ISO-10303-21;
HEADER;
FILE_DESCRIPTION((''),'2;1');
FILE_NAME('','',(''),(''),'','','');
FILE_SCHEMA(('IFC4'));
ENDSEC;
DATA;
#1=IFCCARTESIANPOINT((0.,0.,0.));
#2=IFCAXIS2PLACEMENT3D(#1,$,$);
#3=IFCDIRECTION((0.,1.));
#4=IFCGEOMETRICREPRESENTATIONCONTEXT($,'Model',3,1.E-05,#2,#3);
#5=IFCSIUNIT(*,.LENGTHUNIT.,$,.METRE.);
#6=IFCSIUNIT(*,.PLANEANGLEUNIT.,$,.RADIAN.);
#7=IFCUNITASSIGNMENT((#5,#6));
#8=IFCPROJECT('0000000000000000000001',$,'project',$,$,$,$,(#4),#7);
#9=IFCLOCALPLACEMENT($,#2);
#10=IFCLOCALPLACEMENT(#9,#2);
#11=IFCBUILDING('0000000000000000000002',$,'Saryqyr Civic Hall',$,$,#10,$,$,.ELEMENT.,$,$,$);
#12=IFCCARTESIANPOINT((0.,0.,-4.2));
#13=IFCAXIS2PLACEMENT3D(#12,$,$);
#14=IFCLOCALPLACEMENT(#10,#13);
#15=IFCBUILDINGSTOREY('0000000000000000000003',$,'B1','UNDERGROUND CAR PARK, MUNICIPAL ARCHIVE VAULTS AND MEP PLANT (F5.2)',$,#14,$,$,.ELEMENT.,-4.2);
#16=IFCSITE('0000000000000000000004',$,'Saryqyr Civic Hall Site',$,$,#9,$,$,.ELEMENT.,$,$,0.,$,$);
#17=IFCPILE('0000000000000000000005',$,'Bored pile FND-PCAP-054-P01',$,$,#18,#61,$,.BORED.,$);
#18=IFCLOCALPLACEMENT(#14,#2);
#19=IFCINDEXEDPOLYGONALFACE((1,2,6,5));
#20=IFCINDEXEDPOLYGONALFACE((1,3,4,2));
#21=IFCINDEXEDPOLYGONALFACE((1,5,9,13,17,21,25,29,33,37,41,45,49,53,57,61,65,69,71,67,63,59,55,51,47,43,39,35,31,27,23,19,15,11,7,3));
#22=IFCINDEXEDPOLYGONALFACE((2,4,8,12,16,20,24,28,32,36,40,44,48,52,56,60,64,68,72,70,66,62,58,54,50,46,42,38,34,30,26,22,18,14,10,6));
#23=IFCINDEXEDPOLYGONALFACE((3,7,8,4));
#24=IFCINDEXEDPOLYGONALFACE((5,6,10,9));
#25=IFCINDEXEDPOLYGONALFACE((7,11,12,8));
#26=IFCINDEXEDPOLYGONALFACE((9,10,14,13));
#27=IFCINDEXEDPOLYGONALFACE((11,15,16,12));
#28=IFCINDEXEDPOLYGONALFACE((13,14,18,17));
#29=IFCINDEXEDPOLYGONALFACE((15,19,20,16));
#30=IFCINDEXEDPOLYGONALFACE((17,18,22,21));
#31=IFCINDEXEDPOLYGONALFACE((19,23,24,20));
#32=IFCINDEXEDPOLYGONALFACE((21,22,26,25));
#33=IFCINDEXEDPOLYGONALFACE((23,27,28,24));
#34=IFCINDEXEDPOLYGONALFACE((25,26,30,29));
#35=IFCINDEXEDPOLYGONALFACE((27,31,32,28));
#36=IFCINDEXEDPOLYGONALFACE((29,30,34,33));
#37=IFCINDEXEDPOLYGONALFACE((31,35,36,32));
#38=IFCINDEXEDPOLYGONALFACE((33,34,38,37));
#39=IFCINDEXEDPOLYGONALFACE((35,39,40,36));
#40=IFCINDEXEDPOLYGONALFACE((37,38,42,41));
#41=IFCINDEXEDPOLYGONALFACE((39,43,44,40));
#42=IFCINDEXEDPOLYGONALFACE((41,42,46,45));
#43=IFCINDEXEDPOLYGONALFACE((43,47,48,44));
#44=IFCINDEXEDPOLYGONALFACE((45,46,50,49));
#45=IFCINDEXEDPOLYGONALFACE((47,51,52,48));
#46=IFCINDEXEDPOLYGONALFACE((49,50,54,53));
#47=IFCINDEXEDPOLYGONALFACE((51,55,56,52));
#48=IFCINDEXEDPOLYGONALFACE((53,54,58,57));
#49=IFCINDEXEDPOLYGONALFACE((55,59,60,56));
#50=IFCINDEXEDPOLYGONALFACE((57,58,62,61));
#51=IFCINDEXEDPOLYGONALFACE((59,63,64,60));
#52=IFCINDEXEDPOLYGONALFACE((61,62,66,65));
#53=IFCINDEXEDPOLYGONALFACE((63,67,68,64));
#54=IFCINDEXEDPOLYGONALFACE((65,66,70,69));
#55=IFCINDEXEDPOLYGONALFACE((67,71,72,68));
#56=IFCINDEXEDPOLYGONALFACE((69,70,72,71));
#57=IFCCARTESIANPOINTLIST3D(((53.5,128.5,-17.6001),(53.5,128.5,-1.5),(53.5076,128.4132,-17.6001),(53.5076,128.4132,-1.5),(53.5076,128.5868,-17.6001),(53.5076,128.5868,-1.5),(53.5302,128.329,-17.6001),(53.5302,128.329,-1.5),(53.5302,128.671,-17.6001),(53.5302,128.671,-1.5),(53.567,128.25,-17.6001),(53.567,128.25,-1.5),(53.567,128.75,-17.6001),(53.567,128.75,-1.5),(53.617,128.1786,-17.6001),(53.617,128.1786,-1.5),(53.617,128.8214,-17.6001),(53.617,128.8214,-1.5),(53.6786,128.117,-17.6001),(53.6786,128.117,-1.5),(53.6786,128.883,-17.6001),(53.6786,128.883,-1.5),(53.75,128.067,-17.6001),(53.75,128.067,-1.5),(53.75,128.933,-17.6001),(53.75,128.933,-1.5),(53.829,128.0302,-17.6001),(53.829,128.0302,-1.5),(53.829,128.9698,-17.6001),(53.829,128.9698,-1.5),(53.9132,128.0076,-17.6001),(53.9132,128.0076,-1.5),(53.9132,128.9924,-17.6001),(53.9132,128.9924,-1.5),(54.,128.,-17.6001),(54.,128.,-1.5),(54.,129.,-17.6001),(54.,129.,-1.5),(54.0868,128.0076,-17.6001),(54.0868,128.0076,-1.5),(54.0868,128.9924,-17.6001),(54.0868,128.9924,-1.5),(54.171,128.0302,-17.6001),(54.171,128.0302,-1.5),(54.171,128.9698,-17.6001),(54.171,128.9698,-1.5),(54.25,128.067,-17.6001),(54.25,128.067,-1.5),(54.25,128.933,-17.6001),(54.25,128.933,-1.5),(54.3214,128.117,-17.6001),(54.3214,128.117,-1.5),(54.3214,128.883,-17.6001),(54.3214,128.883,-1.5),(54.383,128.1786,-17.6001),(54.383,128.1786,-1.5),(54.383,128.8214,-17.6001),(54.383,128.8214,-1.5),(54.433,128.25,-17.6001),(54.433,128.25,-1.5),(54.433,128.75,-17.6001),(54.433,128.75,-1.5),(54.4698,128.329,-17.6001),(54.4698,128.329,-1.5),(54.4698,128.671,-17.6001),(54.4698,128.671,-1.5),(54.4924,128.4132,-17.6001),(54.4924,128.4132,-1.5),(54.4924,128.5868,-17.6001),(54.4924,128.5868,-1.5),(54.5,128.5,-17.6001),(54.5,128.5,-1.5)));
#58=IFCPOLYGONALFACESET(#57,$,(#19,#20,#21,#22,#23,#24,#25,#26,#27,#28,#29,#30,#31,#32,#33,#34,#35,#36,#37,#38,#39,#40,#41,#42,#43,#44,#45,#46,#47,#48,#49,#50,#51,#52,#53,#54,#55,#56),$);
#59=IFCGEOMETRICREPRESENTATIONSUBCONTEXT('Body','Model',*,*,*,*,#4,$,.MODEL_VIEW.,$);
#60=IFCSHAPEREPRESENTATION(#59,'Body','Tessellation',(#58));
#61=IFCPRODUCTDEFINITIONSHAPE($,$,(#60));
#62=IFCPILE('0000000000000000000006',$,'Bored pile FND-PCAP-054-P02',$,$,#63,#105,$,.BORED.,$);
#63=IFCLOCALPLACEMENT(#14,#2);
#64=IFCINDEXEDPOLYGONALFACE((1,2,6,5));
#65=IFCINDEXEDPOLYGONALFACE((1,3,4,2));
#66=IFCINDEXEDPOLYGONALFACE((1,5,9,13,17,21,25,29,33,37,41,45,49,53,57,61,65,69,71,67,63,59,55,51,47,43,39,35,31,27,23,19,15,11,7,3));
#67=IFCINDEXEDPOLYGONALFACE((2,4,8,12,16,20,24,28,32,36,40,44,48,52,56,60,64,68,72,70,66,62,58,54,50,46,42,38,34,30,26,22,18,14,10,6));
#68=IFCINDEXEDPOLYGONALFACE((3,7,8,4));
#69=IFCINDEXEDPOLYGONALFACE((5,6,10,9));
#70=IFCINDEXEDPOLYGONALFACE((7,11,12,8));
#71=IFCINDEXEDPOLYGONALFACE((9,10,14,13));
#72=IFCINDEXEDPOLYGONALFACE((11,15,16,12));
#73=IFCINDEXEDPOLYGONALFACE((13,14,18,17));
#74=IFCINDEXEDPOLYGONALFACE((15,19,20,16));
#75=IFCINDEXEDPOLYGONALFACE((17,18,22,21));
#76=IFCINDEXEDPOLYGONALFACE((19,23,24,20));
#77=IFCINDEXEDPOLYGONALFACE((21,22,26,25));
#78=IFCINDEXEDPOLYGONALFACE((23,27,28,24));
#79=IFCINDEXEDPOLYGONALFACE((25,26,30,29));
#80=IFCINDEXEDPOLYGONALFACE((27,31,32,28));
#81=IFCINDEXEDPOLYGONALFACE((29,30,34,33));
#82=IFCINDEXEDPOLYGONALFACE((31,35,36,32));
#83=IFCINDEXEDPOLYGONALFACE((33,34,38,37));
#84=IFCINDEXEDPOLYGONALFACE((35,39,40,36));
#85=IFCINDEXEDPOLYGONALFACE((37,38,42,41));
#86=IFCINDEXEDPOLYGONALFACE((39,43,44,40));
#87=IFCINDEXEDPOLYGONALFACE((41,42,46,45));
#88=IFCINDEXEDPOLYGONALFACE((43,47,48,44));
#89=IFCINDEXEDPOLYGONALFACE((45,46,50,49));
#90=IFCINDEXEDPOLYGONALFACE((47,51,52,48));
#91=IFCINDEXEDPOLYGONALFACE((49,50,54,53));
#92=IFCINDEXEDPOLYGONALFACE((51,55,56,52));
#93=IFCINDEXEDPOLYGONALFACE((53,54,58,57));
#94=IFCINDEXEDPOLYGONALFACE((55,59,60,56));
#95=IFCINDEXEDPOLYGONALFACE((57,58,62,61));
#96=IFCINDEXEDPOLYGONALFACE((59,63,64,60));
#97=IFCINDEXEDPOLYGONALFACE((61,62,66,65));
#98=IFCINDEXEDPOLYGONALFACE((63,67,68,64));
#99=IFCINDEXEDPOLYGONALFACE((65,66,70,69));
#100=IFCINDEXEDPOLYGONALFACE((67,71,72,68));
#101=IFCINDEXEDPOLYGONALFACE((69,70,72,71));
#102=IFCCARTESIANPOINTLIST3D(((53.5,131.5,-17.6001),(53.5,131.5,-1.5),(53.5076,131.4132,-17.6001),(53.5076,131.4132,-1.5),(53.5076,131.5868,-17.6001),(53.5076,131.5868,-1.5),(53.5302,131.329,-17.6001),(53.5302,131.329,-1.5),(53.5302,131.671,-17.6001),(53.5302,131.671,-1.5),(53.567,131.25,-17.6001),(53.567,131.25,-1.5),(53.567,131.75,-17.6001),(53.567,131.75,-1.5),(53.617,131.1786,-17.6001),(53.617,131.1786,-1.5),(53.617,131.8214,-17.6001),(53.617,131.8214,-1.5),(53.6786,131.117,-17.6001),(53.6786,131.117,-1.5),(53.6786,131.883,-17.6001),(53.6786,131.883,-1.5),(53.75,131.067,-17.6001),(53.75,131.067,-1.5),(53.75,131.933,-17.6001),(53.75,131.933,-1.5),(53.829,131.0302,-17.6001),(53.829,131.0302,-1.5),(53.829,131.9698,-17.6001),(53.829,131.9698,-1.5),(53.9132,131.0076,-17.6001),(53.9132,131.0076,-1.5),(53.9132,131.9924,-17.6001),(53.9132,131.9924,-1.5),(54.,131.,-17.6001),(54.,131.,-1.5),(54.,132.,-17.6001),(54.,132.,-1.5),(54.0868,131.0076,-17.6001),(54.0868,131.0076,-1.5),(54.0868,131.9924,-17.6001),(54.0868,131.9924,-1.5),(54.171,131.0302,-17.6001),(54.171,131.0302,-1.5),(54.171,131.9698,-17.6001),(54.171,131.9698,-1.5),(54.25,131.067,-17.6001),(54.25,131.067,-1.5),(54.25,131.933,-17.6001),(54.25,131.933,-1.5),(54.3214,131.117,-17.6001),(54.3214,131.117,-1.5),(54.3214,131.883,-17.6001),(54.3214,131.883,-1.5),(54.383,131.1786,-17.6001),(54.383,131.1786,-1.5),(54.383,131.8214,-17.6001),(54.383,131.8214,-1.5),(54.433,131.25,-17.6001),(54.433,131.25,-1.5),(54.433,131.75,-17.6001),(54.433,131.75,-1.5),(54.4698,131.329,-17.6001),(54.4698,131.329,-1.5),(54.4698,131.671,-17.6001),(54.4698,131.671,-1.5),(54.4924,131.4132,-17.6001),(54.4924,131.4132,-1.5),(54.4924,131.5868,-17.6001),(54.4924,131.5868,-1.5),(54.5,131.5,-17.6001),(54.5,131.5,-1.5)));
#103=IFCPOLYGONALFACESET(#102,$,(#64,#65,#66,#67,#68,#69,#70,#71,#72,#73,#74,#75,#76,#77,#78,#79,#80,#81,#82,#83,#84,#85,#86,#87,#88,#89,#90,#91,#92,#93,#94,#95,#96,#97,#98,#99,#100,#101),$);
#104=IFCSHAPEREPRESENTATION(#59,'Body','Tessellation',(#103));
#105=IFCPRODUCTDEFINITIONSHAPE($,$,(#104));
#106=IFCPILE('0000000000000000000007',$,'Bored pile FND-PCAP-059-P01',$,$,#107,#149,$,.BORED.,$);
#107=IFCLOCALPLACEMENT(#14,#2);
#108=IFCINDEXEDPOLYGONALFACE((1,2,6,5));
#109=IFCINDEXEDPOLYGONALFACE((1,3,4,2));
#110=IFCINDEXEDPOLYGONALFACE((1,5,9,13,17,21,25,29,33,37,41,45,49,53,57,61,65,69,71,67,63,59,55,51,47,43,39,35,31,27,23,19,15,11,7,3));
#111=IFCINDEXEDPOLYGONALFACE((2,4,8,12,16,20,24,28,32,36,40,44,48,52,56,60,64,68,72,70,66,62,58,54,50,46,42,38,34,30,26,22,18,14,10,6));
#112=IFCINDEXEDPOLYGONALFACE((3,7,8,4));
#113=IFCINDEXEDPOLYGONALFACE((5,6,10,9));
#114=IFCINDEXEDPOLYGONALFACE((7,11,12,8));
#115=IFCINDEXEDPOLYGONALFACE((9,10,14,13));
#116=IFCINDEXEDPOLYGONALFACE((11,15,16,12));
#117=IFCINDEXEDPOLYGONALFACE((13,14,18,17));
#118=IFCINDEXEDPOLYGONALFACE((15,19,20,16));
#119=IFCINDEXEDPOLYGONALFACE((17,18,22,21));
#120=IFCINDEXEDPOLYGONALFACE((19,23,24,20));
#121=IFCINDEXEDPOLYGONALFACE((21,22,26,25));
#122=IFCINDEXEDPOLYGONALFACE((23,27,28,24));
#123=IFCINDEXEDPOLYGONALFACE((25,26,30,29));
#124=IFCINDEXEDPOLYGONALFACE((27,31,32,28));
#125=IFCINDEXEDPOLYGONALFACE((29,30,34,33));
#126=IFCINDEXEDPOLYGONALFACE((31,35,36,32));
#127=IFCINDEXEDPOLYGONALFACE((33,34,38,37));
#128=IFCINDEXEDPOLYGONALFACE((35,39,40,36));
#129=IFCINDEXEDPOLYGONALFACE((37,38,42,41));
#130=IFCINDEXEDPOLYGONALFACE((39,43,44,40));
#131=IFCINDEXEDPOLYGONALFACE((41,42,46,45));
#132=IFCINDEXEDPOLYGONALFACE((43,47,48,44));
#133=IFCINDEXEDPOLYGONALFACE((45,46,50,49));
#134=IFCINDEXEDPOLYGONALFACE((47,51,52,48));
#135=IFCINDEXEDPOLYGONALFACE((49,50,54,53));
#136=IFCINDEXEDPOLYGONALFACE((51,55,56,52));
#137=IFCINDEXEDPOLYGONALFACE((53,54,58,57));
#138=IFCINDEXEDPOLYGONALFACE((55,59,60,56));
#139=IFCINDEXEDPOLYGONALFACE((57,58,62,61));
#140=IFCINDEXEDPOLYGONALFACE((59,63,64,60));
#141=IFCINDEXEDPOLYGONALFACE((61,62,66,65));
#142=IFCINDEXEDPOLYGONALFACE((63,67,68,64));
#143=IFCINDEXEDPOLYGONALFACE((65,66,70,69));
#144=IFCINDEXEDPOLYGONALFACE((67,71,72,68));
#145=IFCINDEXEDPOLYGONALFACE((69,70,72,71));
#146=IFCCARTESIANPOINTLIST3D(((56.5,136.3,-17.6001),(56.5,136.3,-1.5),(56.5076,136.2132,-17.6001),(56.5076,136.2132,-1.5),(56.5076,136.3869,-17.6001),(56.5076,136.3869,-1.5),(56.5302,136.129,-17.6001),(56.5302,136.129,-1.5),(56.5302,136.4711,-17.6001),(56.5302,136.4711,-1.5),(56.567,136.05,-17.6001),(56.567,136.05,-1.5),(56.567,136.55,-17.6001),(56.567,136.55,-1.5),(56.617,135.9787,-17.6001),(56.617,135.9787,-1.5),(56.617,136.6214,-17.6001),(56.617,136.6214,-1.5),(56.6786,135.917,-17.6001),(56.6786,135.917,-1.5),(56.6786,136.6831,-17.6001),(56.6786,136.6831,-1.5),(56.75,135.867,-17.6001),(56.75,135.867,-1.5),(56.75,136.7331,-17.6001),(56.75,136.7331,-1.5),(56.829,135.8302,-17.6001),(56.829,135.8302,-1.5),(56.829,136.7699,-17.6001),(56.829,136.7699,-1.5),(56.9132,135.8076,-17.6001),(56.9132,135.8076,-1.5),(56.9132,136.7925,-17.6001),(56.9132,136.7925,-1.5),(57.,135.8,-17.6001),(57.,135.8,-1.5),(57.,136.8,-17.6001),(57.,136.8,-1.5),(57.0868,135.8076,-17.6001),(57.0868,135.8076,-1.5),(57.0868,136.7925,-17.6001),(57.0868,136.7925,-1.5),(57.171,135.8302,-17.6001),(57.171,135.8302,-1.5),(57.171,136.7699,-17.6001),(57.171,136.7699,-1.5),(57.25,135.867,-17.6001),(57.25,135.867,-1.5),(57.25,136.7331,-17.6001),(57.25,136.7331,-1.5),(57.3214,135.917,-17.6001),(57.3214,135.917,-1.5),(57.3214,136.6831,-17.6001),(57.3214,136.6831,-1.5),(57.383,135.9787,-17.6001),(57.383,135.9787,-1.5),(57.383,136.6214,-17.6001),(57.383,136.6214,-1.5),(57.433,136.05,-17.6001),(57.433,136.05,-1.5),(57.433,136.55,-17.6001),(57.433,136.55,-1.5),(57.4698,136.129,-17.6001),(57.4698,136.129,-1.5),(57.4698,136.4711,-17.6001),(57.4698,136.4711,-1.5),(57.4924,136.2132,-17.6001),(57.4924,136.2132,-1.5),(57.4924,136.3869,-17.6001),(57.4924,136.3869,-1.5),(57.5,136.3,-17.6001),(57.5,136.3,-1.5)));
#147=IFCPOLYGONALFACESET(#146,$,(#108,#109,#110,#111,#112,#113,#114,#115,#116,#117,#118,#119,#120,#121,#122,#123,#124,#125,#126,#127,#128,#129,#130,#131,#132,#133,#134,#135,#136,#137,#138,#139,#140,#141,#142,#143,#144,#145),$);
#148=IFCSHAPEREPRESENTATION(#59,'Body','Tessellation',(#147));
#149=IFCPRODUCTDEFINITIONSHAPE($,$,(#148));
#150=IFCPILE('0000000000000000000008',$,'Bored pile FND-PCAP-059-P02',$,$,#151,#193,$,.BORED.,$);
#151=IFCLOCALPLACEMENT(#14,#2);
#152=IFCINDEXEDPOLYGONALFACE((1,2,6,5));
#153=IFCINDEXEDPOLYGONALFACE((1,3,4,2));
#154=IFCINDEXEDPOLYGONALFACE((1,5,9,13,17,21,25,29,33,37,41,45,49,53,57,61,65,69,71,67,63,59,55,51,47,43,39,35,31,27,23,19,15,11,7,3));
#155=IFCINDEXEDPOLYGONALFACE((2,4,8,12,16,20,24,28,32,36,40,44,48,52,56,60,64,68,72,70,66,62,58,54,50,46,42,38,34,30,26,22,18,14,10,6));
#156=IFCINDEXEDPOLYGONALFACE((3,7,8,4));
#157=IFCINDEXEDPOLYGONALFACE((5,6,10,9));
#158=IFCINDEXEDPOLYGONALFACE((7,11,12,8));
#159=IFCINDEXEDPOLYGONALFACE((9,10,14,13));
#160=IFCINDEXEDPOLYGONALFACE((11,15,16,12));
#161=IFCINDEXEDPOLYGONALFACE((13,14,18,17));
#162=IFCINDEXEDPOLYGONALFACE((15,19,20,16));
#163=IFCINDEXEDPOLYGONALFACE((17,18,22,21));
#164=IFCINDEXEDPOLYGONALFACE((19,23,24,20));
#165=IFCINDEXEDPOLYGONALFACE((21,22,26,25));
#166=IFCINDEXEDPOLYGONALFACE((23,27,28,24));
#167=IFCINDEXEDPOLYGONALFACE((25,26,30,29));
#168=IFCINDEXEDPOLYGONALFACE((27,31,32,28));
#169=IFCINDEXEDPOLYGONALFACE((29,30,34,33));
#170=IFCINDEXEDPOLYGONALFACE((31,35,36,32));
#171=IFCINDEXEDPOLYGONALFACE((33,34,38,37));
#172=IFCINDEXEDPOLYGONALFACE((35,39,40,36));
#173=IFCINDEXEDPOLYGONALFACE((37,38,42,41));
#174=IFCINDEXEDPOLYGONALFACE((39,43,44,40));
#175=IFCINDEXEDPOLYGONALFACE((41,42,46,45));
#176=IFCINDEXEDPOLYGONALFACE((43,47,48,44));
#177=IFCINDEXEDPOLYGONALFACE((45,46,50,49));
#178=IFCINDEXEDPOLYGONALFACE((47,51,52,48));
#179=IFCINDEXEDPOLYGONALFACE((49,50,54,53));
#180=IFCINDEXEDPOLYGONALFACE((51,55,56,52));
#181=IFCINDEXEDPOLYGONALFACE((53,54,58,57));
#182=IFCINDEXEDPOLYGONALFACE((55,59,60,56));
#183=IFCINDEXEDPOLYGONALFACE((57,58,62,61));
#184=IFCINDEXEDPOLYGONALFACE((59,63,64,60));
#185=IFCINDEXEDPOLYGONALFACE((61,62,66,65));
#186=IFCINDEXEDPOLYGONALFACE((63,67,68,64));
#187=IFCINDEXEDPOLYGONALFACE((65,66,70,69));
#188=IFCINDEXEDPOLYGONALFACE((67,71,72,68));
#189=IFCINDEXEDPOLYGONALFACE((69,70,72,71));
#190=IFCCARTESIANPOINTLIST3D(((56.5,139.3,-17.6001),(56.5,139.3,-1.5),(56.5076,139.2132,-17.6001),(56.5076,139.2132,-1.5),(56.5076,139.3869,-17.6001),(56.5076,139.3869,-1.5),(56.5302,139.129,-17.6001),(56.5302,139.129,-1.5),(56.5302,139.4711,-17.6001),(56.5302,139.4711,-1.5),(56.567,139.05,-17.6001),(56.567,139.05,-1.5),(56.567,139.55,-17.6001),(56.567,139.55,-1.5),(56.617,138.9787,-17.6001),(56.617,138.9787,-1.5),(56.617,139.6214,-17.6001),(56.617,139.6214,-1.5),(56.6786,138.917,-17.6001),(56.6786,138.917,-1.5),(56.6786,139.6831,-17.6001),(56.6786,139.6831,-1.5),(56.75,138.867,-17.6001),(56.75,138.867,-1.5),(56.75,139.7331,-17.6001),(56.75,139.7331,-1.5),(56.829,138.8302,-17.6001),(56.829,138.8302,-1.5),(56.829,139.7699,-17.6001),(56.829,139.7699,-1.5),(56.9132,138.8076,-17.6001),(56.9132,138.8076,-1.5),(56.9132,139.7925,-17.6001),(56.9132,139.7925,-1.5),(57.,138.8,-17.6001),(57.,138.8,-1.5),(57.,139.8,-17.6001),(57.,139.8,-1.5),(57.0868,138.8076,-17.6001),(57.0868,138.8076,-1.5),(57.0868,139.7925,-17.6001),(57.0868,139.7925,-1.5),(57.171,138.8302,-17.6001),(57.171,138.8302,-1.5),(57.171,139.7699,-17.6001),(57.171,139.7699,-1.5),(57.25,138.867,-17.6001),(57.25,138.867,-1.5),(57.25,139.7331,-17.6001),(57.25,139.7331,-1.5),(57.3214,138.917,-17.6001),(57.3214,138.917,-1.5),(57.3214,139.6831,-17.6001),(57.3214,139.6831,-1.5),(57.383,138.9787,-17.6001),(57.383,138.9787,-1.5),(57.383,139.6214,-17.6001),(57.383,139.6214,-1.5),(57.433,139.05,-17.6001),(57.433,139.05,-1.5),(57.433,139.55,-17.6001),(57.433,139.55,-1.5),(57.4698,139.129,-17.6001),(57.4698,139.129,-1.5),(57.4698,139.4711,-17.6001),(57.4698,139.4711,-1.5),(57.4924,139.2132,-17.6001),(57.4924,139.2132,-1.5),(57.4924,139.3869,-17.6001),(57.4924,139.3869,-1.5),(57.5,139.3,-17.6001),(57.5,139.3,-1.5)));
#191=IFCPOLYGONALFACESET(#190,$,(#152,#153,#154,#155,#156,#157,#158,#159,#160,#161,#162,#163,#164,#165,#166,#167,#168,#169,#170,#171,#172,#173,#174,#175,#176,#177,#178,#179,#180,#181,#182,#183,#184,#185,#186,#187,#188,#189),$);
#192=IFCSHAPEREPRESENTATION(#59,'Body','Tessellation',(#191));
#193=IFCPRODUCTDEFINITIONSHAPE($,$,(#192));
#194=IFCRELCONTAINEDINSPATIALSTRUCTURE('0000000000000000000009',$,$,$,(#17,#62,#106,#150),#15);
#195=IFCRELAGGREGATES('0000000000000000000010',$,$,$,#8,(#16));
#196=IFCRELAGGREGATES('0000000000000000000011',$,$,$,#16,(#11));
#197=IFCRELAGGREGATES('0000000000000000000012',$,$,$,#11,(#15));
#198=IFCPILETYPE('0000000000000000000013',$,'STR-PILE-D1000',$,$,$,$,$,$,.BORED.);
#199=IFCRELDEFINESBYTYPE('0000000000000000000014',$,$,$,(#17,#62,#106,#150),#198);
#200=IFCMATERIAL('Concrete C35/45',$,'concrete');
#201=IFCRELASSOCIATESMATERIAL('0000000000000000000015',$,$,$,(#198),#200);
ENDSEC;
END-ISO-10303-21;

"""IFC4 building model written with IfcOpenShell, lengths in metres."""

from ifc_helpers import new_model, si_unit, direction, frame, origin, origin_2d, place, context, subcontext, project, spatial, circle, extrude, material, material_profile, profile_set, type_object, element, save


model = new_model("IFC4")

# Units and contexts
model_context = context("Model", 3, precision=1e-05, world=origin(), true_north=direction((0.0, 1.0)))
body_context = subcontext(model_context, "Body", "Model", "MODEL_VIEW")
ifc_project = project(units=[si_unit("LENGTHUNIT", "METRE"), si_unit("PLANEANGLEUNIT", "RADIAN")], contexts=[model_context])

# Site, building, storey
site_placement = place(None, origin())
site = spatial("IfcSite", under=ifc_project, at=site_placement, Name="Saryqyr Civic Hall Site", CompositionType="ELEMENT", RefElevation=0.0)
building_placement = place(site_placement, origin())
building = spatial("IfcBuilding", under=site, at=building_placement, Name="Saryqyr Civic Hall", CompositionType="ELEMENT")
storey_placement = place(building_placement, frame((0.0, 0.0, -4.2)))
storey = spatial("IfcBuildingStorey", under=building, at=storey_placement, Name="B1", Description="UNDERGROUND CAR PARK, MUNICIPAL ARCHIVE VAULTS AND MEP PLANT (F5.2)", CompositionType="ELEMENT", Elevation=-4.2)

# Shared definitions
ifc_material_1 = material(Name="Concrete C35/45", Category="concrete")

# Piles
ifc_material_profile_1 = material_profile(ifc_material_1, circle(Radius=0.5, at=origin_2d()), Name="BORED PILE D1000")
ifc_profile_set_1 = profile_set([ifc_material_profile_1], Name="Concrete C35/45")
pile_type = type_object("IfcPileType", Name="STR-PILE-D1000", PredefinedType="BORED", material=ifc_profile_set_1)
for number, where, z_axis, x_axis, name in (
    (1, (54.0, 128.5, -1.5), (0.0, 0.0, -1.0), (1.0, 0.0, 0.0), "Bored pile FND-PCAP-054-P01"),
    (2, (54.0, 131.5, -1.5), (0.0, 0.0, -1.0), (1.0, 0.0, 0.0), "Bored pile FND-PCAP-054-P02"),
    (3, (57.0, 136.3, -1.5), (0.0, 0.0, -1.0), (1.0, 0.0, 0.0), "Bored pile FND-PCAP-059-P01"),
    (4, (57.0, 139.3, -1.5), (0.0, 0.0, -1.0), (1.0, 0.0, 0.0), "Bored pile FND-PCAP-059-P02"),
):
    element("IfcPile", number, at=place(storey_placement, frame(where, z_axis=z_axis, x_axis=x_axis)), inside=storey, type_object=pile_type, Name=name, PredefinedType="BORED", context=body_context, shape_type="SweptSolid", body=[
        extrude(circle(Radius=0.5, at=origin_2d()), origin(), (0.0, 0.0, 1.0), 16.1001),
    ])

save(model, "model.ifc")
